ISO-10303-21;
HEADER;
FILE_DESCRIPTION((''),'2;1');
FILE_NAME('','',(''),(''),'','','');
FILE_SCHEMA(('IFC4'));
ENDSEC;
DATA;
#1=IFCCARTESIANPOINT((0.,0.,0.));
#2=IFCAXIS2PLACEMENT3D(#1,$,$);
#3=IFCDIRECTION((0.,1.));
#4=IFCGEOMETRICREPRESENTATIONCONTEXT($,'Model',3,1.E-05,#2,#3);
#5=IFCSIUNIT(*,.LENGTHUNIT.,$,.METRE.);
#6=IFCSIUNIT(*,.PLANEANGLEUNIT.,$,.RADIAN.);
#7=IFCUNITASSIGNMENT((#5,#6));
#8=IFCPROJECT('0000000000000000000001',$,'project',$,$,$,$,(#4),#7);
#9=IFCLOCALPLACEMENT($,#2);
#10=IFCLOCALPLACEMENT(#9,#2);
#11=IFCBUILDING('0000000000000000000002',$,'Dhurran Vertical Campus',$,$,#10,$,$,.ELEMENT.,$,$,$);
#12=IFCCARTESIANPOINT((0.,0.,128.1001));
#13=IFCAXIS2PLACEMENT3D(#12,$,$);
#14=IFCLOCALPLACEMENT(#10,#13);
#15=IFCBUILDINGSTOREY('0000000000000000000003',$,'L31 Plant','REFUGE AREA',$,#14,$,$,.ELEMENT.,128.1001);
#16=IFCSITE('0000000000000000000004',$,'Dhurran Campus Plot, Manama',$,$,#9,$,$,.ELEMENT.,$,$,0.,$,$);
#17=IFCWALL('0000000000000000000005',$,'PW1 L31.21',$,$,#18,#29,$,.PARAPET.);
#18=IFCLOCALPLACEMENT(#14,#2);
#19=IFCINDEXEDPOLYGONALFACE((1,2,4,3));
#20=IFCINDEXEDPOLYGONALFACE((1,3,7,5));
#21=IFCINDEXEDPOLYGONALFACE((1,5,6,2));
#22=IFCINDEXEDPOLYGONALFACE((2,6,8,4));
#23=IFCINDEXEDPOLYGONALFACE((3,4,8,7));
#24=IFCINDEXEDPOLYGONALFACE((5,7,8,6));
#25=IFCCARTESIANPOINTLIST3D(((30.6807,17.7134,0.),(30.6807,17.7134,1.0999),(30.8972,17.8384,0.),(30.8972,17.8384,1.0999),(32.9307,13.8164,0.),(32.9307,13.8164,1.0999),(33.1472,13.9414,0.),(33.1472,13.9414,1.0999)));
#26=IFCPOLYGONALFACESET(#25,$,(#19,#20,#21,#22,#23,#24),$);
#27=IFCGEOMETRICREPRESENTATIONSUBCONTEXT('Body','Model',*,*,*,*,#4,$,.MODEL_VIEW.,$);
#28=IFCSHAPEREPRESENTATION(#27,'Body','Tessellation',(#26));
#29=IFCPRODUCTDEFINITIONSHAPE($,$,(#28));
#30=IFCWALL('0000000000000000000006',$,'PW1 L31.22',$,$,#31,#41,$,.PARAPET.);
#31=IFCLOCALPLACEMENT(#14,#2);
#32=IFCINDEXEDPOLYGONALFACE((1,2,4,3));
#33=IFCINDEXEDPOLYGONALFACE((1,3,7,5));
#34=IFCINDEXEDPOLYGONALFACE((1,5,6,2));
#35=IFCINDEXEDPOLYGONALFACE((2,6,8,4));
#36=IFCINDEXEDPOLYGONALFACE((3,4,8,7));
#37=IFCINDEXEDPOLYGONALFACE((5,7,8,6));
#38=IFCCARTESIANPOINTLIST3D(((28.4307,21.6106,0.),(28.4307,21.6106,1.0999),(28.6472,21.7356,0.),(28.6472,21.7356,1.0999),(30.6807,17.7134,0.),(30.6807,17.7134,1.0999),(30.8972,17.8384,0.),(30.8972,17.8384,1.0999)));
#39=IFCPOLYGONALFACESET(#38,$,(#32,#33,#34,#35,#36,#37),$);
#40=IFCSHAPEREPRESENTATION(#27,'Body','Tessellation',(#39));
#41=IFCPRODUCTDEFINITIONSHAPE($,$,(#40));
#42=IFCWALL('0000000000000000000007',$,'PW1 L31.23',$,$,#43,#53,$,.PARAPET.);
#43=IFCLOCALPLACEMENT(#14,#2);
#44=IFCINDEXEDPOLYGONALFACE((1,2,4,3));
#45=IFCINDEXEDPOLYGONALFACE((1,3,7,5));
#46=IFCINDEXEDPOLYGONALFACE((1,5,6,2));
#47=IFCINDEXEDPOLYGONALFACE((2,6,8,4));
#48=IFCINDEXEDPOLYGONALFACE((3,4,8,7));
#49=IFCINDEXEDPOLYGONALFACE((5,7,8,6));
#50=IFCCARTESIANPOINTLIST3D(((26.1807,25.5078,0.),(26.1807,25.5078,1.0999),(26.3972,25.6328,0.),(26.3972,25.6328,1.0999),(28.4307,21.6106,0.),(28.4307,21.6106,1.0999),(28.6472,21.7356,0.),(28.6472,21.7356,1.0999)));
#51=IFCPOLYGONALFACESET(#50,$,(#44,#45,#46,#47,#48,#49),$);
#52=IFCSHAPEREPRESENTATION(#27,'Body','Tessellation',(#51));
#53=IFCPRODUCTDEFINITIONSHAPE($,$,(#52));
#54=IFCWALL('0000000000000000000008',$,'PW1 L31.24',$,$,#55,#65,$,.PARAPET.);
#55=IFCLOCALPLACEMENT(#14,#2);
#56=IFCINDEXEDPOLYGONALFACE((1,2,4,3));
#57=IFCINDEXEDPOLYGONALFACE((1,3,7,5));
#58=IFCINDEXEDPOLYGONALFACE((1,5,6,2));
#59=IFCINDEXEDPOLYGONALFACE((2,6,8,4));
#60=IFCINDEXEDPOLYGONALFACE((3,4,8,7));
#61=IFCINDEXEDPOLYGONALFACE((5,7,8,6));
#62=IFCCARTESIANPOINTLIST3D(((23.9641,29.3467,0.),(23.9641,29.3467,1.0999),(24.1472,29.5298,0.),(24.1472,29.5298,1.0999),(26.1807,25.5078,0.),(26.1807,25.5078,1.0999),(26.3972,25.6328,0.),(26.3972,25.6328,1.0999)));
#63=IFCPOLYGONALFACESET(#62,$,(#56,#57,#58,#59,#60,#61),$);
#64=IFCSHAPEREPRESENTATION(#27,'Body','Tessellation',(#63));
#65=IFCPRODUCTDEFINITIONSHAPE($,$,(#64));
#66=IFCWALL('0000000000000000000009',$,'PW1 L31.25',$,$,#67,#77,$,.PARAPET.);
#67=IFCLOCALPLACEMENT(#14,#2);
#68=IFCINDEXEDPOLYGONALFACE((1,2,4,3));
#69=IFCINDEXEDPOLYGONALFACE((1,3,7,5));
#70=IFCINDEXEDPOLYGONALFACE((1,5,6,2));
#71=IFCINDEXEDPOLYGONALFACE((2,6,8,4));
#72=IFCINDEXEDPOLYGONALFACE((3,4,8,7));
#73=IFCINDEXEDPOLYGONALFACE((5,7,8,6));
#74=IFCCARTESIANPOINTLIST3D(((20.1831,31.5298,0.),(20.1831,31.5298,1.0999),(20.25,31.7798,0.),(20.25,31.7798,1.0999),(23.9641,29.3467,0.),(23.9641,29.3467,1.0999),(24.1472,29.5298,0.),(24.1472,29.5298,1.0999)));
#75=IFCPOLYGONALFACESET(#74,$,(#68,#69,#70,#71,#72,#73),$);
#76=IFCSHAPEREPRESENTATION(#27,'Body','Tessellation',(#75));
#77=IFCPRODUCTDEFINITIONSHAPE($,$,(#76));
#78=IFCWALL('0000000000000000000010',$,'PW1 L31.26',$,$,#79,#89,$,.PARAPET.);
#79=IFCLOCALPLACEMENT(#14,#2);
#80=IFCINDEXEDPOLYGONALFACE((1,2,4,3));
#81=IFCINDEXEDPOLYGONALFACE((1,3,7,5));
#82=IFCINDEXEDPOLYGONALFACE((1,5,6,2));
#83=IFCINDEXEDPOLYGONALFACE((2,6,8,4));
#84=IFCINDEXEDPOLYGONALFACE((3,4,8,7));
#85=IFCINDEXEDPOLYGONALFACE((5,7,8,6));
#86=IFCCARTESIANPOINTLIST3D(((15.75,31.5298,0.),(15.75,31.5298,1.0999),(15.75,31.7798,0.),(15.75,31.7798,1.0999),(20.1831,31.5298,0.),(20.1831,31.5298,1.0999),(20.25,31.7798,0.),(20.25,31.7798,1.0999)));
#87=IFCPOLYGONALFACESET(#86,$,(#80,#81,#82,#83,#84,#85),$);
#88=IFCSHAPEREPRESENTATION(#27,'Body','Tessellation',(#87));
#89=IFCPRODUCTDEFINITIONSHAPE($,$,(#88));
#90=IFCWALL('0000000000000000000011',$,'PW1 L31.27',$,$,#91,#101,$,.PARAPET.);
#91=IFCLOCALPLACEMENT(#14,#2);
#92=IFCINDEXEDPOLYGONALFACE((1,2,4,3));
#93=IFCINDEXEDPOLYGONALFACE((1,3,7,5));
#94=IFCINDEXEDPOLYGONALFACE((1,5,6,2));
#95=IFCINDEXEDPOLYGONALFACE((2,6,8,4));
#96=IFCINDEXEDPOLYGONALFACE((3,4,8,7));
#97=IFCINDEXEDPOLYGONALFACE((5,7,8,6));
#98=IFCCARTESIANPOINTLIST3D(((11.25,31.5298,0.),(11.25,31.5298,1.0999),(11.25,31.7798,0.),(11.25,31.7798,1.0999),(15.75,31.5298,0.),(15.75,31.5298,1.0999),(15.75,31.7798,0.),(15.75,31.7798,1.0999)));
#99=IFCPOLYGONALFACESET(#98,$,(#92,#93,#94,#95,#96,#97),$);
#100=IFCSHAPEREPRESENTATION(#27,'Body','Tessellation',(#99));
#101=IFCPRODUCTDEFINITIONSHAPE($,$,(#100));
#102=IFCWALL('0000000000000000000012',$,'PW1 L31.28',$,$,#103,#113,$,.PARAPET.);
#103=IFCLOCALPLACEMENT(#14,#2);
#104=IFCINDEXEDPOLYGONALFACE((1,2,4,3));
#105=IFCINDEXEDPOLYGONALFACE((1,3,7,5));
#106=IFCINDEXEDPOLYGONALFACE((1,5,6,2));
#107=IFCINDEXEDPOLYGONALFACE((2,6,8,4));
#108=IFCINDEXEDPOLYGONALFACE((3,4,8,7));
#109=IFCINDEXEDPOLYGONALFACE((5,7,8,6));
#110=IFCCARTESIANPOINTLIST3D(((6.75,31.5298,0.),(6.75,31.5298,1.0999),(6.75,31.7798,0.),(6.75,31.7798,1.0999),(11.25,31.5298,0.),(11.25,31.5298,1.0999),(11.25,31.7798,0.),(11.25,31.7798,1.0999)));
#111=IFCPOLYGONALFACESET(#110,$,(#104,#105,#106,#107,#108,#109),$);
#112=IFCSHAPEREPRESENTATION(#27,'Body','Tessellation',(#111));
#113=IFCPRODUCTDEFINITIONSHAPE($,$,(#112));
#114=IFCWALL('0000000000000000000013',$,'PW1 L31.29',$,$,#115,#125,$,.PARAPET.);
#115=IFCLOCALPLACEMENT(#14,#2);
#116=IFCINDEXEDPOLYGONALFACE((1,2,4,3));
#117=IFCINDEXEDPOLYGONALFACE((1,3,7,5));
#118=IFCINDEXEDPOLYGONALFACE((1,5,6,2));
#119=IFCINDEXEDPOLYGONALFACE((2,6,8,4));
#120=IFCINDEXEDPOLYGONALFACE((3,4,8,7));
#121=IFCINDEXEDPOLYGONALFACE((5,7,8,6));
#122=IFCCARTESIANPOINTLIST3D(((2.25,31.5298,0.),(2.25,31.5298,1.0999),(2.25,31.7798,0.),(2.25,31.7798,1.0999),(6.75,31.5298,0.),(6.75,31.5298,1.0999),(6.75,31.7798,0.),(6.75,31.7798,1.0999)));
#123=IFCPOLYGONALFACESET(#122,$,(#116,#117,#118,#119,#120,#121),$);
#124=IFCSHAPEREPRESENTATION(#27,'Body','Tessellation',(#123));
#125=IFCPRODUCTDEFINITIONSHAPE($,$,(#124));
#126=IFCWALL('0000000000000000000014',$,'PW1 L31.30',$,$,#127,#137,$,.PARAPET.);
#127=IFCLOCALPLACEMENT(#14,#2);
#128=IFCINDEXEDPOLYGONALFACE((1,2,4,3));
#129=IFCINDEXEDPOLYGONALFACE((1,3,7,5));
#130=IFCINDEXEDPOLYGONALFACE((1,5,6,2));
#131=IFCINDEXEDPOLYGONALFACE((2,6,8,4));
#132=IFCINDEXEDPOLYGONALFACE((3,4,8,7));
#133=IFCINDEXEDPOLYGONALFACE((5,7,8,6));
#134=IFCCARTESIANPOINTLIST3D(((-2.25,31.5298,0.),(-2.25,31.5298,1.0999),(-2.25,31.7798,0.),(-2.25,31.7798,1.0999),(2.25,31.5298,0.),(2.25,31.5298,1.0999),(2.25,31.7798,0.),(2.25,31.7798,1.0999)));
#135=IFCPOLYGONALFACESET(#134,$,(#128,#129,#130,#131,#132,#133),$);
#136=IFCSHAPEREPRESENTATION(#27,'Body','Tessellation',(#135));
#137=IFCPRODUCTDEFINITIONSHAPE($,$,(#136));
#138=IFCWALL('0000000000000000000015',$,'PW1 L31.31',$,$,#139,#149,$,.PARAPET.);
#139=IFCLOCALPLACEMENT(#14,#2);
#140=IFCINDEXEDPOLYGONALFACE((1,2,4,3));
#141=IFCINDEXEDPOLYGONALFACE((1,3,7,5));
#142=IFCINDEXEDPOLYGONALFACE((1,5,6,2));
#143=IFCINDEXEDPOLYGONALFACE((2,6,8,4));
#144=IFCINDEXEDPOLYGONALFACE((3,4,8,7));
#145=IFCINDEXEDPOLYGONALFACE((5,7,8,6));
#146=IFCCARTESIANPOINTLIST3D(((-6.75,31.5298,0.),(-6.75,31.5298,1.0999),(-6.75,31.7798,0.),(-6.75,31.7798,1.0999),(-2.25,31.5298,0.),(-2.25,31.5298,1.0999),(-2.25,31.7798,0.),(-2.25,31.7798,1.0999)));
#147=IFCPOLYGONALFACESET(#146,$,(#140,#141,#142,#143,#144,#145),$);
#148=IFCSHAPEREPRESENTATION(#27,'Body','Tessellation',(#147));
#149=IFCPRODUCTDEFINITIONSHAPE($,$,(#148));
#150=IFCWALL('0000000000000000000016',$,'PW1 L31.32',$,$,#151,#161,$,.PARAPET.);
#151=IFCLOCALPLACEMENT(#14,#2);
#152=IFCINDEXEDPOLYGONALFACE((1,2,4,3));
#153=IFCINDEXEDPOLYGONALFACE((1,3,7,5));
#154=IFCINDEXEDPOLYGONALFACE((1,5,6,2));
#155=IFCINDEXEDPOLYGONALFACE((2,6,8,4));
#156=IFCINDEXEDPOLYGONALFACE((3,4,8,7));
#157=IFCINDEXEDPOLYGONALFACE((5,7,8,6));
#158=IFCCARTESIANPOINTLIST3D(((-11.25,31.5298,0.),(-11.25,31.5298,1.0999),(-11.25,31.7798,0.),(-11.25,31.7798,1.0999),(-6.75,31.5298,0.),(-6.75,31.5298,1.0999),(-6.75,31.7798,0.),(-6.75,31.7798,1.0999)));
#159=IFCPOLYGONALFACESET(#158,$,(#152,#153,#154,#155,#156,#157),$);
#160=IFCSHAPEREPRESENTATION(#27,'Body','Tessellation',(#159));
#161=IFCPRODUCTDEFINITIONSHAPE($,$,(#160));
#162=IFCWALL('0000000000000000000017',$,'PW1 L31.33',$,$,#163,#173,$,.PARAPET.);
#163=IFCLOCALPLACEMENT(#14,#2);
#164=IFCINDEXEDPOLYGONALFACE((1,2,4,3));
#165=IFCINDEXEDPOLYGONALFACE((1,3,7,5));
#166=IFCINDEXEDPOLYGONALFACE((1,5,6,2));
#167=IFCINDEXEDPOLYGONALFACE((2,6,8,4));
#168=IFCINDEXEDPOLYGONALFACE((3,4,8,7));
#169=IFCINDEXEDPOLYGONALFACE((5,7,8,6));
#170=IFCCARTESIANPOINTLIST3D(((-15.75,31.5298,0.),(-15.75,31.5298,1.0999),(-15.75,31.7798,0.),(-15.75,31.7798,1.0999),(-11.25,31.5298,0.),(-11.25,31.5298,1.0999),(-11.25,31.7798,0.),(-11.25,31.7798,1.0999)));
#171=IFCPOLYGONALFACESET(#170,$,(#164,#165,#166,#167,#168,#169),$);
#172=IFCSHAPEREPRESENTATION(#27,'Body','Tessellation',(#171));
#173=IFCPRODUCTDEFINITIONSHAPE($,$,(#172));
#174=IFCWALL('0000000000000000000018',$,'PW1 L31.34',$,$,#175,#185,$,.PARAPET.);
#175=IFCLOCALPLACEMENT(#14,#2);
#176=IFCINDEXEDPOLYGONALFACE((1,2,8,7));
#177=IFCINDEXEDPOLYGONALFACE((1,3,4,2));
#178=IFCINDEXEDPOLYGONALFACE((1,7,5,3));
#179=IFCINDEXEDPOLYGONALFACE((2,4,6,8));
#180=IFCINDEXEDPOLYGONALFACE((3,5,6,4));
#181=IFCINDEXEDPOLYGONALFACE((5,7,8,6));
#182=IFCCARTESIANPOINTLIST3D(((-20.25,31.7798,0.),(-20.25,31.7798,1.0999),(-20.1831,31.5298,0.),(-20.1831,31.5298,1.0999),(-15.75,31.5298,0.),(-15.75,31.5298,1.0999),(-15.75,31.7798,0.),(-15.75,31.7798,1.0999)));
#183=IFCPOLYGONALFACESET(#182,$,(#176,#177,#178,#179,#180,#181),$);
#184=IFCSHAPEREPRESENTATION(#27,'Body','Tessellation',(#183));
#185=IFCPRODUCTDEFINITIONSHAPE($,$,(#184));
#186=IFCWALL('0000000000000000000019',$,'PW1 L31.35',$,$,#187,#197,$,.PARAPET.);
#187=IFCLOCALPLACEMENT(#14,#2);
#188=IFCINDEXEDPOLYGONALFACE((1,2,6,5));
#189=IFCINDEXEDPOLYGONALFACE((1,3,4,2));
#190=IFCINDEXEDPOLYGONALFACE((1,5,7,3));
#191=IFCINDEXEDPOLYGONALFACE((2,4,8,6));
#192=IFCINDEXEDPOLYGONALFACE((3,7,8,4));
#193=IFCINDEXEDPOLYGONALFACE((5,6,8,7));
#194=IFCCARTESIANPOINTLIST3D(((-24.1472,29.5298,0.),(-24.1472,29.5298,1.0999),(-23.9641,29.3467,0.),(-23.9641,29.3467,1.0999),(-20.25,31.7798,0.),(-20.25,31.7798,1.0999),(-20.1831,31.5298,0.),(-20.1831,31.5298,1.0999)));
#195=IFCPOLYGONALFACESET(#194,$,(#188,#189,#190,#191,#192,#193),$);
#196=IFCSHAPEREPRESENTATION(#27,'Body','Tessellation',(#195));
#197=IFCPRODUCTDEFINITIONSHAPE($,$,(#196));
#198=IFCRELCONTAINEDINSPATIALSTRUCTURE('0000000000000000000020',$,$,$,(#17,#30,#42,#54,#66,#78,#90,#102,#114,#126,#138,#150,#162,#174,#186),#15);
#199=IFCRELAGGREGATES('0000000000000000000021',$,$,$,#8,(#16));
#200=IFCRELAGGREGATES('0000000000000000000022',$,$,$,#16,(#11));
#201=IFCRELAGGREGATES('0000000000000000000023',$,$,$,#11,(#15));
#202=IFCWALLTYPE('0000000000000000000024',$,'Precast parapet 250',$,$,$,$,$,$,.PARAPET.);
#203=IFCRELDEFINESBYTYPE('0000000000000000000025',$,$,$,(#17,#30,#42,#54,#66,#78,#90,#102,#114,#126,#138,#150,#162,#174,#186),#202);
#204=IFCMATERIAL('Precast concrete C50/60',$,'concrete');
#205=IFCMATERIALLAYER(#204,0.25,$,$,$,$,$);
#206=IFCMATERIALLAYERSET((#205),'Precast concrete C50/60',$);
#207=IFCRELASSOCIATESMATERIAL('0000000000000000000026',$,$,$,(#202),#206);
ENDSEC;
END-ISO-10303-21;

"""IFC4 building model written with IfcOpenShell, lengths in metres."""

from ifc_helpers import new_model, si_unit, direction, frame, origin, place, context, subcontext, project, spatial, polyline, outline, extrude, material, layer, layer_set, type_object, element, save


model = new_model("IFC4")

# Units and contexts
model_context = context("Model", 3, precision=1e-05, world=origin(), true_north=direction((0.0, 1.0)))
body_context = subcontext(model_context, "Body", "Model", "MODEL_VIEW")
ifc_project = project(units=[si_unit("LENGTHUNIT", "METRE"), si_unit("PLANEANGLEUNIT", "RADIAN")], contexts=[model_context])

# Site, building, storey
site_placement = place(None, origin())
site = spatial("IfcSite", under=ifc_project, at=site_placement, Name="Dhurran Campus Plot, Manama", CompositionType="ELEMENT", RefElevation=0.0)
building_placement = place(site_placement, origin())
building = spatial("IfcBuilding", under=site, at=building_placement, Name="Dhurran Vertical Campus", CompositionType="ELEMENT")
storey_placement = place(building_placement, frame((0.0, 0.0, 128.1001)))
storey = spatial("IfcBuildingStorey", under=building, at=storey_placement, Name="L31 Plant", Description="REFUGE AREA", CompositionType="ELEMENT", Elevation=128.1001)

# Walls
ifc_material_1 = material(Name="Precast concrete C50/60", Category="concrete")
ifc_layer_1 = layer(ifc_material_1, 0.25)
ifc_layer_set_1 = layer_set([ifc_layer_1], Name="Precast concrete C50/60")
wall_type_1 = type_object("IfcWallType", Name="Precast parapet 250", PredefinedType="PARAPET", material=ifc_layer_set_1)
wall_1_placement = place(storey_placement, origin())
element("IfcWall", 1, at=wall_1_placement, inside=storey, type_object=wall_type_1, Name="PW1 L31.21", PredefinedType="PARAPET", context=body_context, shape_type="SweptSolid", body=[
    extrude(outline(polyline([(33.1472, 13.9414), (30.8972, 17.8384), (30.6807, 17.7134), (32.9307, 13.8164), (33.1472, 13.9414)])), origin(), (0.0, 0.0, 1.0), 1.0999),
])
wall_2_placement = place(storey_placement, origin())
element("IfcWall", 2, at=wall_2_placement, inside=storey, type_object=wall_type_1, Name="PW1 L31.22", PredefinedType="PARAPET", context=body_context, shape_type="SweptSolid", body=[
    extrude(outline(polyline([(30.8972, 17.8384), (28.6472, 21.7356), (28.4307, 21.6106), (30.6807, 17.7134), (30.8972, 17.8384)])), origin(), (0.0, 0.0, 1.0), 1.0999),
])
wall_3_placement = place(storey_placement, origin())
element("IfcWall", 3, at=wall_3_placement, inside=storey, type_object=wall_type_1, Name="PW1 L31.23", PredefinedType="PARAPET", context=body_context, shape_type="SweptSolid", body=[
    extrude(outline(polyline([(28.6472, 21.7356), (26.3972, 25.6328), (26.1807, 25.5078), (28.4307, 21.6106), (28.6472, 21.7356)])), origin(), (0.0, 0.0, 1.0), 1.0999),
])
wall_4_placement = place(storey_placement, origin())
element("IfcWall", 4, at=wall_4_placement, inside=storey, type_object=wall_type_1, Name="PW1 L31.24", PredefinedType="PARAPET", context=body_context, shape_type="SweptSolid", body=[
    extrude(outline(polyline([(26.3972, 25.6328), (24.1472, 29.5298), (23.9641, 29.3467), (26.1807, 25.5078), (26.3972, 25.6328)])), origin(), (0.0, 0.0, 1.0), 1.0999),
])
wall_5_placement = place(storey_placement, origin())
element("IfcWall", 5, at=wall_5_placement, inside=storey, type_object=wall_type_1, Name="PW1 L31.25", PredefinedType="PARAPET", context=body_context, shape_type="SweptSolid", body=[
    extrude(outline(polyline([(24.1472, 29.5298), (20.25, 31.7798), (20.1831, 31.5298), (23.9641, 29.3467), (24.1472, 29.5298)])), origin(), (0.0, 0.0, 1.0), 1.0999),
])
wall_6_placement = place(storey_placement, origin())
element("IfcWall", 6, at=wall_6_placement, inside=storey, type_object=wall_type_1, Name="PW1 L31.26", PredefinedType="PARAPET", context=body_context, shape_type="SweptSolid", body=[
    extrude(outline(polyline([(20.25, 31.7798), (15.75, 31.7798), (15.75, 31.5298), (20.1831, 31.5298), (20.25, 31.7798)])), origin(), (0.0, 0.0, 1.0), 1.0999),
])
wall_7_placement = place(storey_placement, origin())
element("IfcWall", 7, at=wall_7_placement, inside=storey, type_object=wall_type_1, Name="PW1 L31.27", PredefinedType="PARAPET", context=body_context, shape_type="SweptSolid", body=[
    extrude(outline(polyline([(15.75, 31.7798), (11.25, 31.7798), (11.25, 31.5298), (15.75, 31.5298), (15.75, 31.7798)])), origin(), (0.0, 0.0, 1.0), 1.0999),
])
wall_8_placement = place(storey_placement, origin())
element("IfcWall", 8, at=wall_8_placement, inside=storey, type_object=wall_type_1, Name="PW1 L31.28", PredefinedType="PARAPET", context=body_context, shape_type="SweptSolid", body=[
    extrude(outline(polyline([(11.25, 31.7798), (6.75, 31.7798), (6.75, 31.5298), (11.25, 31.5298), (11.25, 31.7798)])), origin(), (0.0, 0.0, 1.0), 1.0999),
])
wall_9_placement = place(storey_placement, origin())
element("IfcWall", 9, at=wall_9_placement, inside=storey, type_object=wall_type_1, Name="PW1 L31.29", PredefinedType="PARAPET", context=body_context, shape_type="SweptSolid", body=[
    extrude(outline(polyline([(6.75, 31.7798), (2.25, 31.7798), (2.25, 31.5298), (6.75, 31.5298), (6.75, 31.7798)])), origin(), (0.0, 0.0, 1.0), 1.0999),
])
wall_10_placement = place(storey_placement, origin())
element("IfcWall", 10, at=wall_10_placement, inside=storey, type_object=wall_type_1, Name="PW1 L31.30", PredefinedType="PARAPET", context=body_context, shape_type="SweptSolid", body=[
    extrude(outline(polyline([(2.25, 31.7798), (-2.25, 31.7798), (-2.25, 31.5298), (2.25, 31.5298), (2.25, 31.7798)])), origin(), (0.0, 0.0, 1.0), 1.0999),
])
wall_11_placement = place(storey_placement, origin())
element("IfcWall", 11, at=wall_11_placement, inside=storey, type_object=wall_type_1, Name="PW1 L31.31", PredefinedType="PARAPET", context=body_context, shape_type="SweptSolid", body=[
    extrude(outline(polyline([(-2.25, 31.7798), (-6.75, 31.7798), (-6.75, 31.5298), (-2.25, 31.5298), (-2.25, 31.7798)])), origin(), (0.0, 0.0, 1.0), 1.0999),
])
wall_12_placement = place(storey_placement, origin())
element("IfcWall", 12, at=wall_12_placement, inside=storey, type_object=wall_type_1, Name="PW1 L31.32", PredefinedType="PARAPET", context=body_context, shape_type="SweptSolid", body=[
    extrude(outline(polyline([(-6.75, 31.7798), (-11.25, 31.7798), (-11.25, 31.5298), (-6.75, 31.5298), (-6.75, 31.7798)])), origin(), (0.0, 0.0, 1.0), 1.0999),
])
wall_13_placement = place(storey_placement, origin())
element("IfcWall", 13, at=wall_13_placement, inside=storey, type_object=wall_type_1, Name="PW1 L31.33", PredefinedType="PARAPET", context=body_context, shape_type="SweptSolid", body=[
    extrude(outline(polyline([(-11.25, 31.7798), (-15.75, 31.7798), (-15.75, 31.5298), (-11.25, 31.5298), (-11.25, 31.7798)])), origin(), (0.0, 0.0, 1.0), 1.0999),
])
wall_14_placement = place(storey_placement, origin())
element("IfcWall", 14, at=wall_14_placement, inside=storey, type_object=wall_type_1, Name="PW1 L31.34", PredefinedType="PARAPET", context=body_context, shape_type="SweptSolid", body=[
    extrude(outline(polyline([(-15.75, 31.7798), (-20.25, 31.7798), (-20.1831, 31.5298), (-15.75, 31.5298), (-15.75, 31.7798)])), origin(), (0.0, 0.0, 1.0), 1.0999),
])
wall_15_placement = place(storey_placement, origin())
element("IfcWall", 15, at=wall_15_placement, inside=storey, type_object=wall_type_1, Name="PW1 L31.35", PredefinedType="PARAPET", context=body_context, shape_type="SweptSolid", body=[
    extrude(outline(polyline([(-20.25, 31.7798), (-24.1472, 29.5298), (-23.9641, 29.3467), (-20.1831, 31.5298), (-20.25, 31.7798)])), origin(), (0.0, 0.0, 1.0), 1.0999),
])

save(model, "model.ifc")
